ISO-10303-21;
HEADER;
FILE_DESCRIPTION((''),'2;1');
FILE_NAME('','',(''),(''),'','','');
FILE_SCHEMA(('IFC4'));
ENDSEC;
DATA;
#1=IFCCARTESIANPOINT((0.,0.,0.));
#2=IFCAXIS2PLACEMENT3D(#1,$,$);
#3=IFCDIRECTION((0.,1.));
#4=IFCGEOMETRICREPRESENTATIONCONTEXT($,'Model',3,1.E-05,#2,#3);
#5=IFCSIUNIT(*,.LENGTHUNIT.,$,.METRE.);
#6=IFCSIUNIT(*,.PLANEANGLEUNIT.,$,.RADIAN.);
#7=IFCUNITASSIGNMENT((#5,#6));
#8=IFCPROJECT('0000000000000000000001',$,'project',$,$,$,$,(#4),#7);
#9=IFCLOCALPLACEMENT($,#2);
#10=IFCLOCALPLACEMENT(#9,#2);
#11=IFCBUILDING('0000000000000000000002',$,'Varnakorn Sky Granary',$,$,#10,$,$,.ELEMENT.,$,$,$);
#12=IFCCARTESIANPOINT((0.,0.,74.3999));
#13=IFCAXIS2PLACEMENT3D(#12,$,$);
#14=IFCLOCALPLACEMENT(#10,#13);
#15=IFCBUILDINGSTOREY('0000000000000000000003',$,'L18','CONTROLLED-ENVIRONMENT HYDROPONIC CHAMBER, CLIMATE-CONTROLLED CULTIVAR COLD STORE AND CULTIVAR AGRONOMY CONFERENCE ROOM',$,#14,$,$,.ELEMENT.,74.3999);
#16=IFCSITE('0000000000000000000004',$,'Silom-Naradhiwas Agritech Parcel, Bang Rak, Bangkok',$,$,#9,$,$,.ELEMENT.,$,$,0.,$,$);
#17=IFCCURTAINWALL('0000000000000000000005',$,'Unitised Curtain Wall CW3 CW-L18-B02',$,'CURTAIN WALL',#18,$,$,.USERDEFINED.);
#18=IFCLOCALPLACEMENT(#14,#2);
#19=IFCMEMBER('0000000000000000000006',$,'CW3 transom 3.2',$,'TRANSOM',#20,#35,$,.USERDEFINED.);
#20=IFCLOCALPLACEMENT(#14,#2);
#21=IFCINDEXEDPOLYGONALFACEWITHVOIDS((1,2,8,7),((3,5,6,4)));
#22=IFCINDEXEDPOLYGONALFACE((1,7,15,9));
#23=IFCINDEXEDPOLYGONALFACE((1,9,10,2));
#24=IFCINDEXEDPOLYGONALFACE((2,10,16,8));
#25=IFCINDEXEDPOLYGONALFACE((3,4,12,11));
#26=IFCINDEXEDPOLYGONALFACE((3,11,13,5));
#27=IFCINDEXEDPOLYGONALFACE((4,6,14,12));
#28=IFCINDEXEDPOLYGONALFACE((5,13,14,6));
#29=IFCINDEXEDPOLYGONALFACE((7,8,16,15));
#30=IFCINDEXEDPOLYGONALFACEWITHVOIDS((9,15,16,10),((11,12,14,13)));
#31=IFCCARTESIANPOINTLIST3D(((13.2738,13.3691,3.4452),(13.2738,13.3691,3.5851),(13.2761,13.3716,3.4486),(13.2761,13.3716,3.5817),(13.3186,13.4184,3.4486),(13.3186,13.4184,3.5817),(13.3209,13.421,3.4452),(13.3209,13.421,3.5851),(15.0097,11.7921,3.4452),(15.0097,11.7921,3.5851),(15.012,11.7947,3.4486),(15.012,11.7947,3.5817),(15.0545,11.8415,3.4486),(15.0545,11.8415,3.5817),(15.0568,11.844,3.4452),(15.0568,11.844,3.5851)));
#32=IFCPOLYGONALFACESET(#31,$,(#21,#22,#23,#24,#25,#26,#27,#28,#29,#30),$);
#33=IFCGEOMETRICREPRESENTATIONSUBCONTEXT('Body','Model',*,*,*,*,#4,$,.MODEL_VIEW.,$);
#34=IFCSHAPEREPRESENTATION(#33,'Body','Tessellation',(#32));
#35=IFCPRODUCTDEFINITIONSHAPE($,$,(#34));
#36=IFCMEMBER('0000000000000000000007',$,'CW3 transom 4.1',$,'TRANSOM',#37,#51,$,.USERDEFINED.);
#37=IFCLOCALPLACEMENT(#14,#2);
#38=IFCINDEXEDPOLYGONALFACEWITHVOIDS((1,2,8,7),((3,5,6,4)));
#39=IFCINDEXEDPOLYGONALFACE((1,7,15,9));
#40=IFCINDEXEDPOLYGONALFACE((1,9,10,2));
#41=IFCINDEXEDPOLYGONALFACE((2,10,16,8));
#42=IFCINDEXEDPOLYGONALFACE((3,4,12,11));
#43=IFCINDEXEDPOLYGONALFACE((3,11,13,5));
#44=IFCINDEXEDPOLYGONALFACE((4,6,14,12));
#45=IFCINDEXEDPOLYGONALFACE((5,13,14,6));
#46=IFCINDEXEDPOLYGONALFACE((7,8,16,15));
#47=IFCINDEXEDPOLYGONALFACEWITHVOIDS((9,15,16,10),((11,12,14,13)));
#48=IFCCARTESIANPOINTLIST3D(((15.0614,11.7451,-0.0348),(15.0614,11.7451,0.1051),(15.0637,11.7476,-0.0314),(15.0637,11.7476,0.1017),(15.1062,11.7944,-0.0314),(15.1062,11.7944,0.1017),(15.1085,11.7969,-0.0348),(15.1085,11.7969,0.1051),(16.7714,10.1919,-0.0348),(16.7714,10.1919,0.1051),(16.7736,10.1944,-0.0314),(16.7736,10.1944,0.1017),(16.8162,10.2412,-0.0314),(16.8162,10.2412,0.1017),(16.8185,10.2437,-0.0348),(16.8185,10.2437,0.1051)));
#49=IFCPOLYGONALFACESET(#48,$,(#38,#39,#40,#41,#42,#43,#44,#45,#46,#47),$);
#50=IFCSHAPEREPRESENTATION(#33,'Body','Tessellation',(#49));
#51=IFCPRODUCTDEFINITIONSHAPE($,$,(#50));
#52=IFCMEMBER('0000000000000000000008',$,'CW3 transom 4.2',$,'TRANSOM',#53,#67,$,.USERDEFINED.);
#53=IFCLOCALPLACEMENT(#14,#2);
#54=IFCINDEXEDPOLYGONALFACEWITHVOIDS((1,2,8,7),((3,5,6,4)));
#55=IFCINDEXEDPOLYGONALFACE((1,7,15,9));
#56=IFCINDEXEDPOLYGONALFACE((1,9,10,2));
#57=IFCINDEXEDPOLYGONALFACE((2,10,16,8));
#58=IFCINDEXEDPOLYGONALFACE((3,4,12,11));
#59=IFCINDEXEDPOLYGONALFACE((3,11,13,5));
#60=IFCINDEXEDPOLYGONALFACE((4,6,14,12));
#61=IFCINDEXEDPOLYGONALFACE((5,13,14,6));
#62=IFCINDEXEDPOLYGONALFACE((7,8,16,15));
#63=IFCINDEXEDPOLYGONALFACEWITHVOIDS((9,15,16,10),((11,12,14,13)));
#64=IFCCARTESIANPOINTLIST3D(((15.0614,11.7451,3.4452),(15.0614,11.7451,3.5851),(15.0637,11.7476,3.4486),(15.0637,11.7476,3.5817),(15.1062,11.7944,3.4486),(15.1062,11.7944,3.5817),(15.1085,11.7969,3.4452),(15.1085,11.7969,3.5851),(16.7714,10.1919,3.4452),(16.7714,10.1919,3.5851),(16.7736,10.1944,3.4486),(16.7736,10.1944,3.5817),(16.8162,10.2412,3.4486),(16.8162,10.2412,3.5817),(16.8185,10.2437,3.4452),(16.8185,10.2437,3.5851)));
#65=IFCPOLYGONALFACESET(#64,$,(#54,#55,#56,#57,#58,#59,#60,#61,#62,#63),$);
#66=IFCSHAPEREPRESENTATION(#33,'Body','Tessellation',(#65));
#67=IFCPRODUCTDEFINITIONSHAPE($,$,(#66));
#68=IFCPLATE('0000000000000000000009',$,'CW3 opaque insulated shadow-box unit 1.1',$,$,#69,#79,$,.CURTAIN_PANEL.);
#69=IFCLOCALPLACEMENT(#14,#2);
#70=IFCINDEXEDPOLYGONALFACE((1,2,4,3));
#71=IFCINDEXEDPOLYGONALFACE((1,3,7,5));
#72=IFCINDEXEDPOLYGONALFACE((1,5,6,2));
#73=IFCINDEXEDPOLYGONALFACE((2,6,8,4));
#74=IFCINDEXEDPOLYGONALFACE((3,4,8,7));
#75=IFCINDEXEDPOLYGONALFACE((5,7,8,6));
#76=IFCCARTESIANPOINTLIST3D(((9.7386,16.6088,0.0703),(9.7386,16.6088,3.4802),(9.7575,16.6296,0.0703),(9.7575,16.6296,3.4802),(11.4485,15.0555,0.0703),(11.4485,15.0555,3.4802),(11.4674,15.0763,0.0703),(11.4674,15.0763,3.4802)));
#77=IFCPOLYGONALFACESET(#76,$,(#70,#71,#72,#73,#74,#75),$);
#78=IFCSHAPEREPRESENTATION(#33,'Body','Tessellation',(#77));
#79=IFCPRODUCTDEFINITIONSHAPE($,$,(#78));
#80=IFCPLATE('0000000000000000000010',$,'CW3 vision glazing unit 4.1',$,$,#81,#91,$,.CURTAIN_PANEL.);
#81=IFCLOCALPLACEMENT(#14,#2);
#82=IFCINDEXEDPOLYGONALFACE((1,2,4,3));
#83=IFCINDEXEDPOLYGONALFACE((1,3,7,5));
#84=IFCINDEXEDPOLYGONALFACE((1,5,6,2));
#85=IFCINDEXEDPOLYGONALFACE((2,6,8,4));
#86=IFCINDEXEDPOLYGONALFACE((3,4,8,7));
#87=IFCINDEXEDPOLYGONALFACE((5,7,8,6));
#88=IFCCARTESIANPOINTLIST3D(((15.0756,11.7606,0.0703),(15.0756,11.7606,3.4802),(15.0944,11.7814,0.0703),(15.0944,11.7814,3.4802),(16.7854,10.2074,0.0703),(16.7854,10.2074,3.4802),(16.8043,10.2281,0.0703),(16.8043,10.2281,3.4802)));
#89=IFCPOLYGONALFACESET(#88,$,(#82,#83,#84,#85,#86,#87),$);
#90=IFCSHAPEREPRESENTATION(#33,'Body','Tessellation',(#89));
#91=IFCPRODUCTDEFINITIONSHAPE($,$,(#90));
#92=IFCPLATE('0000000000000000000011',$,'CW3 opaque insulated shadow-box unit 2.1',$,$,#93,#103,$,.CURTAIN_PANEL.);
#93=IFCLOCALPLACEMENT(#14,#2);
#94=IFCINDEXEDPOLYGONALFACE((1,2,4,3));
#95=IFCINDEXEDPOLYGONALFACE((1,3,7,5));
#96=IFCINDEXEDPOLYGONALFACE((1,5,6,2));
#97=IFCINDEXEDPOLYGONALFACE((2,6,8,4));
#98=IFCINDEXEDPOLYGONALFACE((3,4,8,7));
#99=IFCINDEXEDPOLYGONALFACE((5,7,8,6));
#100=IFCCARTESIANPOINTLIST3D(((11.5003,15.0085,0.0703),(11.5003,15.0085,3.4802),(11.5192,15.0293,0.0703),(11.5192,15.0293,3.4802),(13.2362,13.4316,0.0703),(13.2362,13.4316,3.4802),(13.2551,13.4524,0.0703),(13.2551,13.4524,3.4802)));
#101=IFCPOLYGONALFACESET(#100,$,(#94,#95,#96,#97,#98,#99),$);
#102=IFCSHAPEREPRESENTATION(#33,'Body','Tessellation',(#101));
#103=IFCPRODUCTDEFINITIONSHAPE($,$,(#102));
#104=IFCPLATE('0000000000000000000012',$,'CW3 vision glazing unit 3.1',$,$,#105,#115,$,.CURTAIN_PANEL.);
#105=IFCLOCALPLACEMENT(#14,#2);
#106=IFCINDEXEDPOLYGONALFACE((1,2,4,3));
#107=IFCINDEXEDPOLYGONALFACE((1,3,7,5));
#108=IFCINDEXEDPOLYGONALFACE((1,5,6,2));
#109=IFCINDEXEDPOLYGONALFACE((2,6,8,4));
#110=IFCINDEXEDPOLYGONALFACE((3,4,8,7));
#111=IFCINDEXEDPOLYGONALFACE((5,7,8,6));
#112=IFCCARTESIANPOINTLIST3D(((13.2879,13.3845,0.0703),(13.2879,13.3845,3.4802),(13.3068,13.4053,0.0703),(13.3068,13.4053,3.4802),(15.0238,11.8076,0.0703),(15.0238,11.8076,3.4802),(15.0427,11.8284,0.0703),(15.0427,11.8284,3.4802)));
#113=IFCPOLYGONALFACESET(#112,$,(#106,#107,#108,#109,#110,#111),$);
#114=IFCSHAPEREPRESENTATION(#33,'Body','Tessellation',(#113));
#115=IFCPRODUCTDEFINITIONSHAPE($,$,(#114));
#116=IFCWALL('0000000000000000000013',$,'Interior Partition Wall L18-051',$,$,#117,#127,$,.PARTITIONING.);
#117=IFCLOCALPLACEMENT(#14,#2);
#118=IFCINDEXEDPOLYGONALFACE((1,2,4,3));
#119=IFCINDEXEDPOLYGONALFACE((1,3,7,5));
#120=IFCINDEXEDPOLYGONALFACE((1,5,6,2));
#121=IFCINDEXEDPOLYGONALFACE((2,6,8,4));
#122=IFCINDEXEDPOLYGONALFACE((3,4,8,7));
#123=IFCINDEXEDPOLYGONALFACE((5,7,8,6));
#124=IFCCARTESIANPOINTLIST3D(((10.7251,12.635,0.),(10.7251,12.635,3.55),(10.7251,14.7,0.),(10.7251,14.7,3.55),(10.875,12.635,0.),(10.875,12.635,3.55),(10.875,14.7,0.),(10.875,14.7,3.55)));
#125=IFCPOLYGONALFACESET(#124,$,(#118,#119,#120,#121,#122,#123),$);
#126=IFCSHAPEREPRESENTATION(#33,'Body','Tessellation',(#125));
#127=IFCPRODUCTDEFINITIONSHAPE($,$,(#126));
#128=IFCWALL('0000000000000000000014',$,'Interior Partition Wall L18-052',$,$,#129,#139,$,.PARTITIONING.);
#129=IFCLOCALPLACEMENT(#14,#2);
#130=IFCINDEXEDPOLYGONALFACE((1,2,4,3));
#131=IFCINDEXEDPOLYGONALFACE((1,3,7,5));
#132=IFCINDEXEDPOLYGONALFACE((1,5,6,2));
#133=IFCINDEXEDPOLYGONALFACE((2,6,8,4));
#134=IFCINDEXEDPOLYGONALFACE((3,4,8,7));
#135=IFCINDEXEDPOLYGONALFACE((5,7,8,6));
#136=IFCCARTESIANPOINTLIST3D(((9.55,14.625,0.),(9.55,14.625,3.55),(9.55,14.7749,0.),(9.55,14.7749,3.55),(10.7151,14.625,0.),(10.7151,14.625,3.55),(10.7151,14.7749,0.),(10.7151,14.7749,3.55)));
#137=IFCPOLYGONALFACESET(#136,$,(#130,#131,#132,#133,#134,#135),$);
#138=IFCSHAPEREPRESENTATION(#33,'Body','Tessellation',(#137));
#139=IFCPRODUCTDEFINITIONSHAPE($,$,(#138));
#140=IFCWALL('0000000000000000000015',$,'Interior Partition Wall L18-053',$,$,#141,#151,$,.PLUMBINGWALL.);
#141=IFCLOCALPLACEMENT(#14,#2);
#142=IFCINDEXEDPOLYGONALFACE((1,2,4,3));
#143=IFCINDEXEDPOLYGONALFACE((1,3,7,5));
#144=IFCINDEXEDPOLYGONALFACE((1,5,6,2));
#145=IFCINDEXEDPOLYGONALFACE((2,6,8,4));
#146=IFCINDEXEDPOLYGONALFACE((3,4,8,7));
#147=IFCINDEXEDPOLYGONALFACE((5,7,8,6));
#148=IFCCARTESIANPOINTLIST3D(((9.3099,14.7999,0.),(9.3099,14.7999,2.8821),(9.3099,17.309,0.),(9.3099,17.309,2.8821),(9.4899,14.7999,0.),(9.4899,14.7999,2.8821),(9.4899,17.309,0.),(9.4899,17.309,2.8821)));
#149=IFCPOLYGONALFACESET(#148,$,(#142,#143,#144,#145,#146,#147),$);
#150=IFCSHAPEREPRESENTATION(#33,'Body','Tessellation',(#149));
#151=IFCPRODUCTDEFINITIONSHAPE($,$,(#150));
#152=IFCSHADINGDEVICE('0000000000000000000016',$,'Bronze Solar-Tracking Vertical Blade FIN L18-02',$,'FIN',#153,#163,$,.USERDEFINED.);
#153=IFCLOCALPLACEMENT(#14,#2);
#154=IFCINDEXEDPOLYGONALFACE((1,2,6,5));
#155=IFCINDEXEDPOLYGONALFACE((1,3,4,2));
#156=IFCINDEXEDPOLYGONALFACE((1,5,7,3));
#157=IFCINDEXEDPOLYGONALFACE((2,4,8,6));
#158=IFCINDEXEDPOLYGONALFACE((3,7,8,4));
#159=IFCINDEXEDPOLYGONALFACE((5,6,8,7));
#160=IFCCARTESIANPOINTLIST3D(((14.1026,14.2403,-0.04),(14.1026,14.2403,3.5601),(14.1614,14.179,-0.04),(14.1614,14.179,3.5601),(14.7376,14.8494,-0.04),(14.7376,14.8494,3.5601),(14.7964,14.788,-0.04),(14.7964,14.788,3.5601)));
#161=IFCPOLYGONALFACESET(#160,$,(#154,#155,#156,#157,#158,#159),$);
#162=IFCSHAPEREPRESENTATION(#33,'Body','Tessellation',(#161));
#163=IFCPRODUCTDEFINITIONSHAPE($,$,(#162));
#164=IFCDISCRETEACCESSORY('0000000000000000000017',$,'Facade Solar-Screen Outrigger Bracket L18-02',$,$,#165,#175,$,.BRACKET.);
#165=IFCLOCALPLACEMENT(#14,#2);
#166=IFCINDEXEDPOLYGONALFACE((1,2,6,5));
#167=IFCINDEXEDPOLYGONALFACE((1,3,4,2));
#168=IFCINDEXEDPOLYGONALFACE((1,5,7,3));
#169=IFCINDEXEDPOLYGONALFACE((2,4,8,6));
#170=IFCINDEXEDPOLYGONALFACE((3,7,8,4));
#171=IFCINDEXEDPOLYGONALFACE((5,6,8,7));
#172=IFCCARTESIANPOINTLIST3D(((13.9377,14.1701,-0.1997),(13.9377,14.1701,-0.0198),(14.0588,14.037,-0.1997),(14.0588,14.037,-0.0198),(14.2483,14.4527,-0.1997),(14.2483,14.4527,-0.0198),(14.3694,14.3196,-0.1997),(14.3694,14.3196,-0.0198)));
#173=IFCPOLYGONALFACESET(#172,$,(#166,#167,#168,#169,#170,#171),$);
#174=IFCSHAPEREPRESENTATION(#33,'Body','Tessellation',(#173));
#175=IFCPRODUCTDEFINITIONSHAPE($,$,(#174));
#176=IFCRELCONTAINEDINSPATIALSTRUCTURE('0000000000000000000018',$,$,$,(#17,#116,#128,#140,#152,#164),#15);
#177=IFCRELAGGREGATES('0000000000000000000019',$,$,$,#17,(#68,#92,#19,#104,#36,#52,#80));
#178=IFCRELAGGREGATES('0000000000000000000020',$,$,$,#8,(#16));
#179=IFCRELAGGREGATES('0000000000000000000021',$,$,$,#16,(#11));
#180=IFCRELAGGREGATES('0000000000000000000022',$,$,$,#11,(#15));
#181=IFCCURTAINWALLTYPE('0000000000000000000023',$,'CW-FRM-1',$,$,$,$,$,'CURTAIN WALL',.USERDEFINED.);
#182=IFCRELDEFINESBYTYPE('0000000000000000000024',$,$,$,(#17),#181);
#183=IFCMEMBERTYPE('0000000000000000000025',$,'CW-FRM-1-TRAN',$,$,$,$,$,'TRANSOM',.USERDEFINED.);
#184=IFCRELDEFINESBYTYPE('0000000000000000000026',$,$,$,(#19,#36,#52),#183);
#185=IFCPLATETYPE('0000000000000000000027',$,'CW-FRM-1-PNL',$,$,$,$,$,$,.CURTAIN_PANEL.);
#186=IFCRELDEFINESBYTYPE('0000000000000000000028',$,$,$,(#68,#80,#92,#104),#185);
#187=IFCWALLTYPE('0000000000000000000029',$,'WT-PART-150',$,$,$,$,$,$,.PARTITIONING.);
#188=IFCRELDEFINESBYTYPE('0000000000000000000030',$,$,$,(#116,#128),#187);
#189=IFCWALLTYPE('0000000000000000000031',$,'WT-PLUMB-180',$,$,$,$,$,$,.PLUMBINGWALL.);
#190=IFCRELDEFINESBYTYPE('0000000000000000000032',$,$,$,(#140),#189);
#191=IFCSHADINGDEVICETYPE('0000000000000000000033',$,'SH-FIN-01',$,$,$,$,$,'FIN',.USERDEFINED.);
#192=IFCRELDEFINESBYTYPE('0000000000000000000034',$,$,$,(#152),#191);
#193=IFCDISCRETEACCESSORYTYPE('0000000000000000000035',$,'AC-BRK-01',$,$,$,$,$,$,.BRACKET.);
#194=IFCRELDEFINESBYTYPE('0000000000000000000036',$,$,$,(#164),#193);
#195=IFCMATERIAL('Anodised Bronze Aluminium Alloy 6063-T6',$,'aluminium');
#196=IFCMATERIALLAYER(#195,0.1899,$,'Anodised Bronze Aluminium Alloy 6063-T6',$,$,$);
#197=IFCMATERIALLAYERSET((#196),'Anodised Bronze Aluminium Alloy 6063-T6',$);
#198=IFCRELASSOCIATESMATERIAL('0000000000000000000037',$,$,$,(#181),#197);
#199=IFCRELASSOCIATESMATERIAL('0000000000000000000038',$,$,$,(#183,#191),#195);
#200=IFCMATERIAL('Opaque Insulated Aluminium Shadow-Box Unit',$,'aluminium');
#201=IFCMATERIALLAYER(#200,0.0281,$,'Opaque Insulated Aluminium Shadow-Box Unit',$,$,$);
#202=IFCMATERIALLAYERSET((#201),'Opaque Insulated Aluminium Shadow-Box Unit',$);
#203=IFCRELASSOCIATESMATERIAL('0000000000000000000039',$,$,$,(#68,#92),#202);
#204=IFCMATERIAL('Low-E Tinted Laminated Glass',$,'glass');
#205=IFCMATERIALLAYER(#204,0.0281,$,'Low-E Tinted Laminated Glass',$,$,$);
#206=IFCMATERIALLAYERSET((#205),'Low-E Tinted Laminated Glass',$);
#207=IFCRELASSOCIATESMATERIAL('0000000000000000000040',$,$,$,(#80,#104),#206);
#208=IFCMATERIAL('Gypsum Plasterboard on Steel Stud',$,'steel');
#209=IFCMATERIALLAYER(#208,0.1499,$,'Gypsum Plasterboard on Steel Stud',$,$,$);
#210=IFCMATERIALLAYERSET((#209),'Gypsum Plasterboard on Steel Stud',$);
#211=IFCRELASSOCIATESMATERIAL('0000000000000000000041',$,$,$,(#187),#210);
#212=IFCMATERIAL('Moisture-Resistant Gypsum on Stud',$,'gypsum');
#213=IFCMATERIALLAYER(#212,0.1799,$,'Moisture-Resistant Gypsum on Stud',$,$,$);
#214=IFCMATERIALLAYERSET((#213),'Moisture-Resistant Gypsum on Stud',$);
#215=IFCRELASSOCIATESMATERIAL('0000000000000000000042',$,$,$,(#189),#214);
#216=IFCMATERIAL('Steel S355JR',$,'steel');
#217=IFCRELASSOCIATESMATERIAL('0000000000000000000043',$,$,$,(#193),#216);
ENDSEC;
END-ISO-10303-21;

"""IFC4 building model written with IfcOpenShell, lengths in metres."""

from ifc_helpers import new_model, si_unit, direction, frame, frame_2d, origin, origin_2d, place, context, subcontext, project, spatial, rectangle, hollow_rectangle, extrude, source, transform, mapped, material, layer, layer_set, material_profile, profile_set, type_object, type_shapes, element, aggregate, save


model = new_model("IFC4")

# Units and contexts
model_context = context("Model", 3, precision=1e-05, world=origin(), true_north=direction((0.0, 1.0)))
body_context = subcontext(model_context, "Body", "Model", "MODEL_VIEW")
ifc_project = project(units=[si_unit("LENGTHUNIT", "METRE"), si_unit("PLANEANGLEUNIT", "RADIAN")], contexts=[model_context])

# Site, building, storey
site_placement = place(None, origin())
site = spatial("IfcSite", under=ifc_project, at=site_placement, Name="Silom-Naradhiwas Agritech Parcel, Bang Rak, Bangkok", CompositionType="ELEMENT", RefElevation=0.0)
building_placement = place(site_placement, origin())
building = spatial("IfcBuilding", under=site, at=building_placement, Name="Varnakorn Sky Granary", CompositionType="ELEMENT")
storey_placement = place(building_placement, frame((0.0, 0.0, 74.3999)))
storey = spatial("IfcBuildingStorey", under=building, at=storey_placement, Name="L18", Description="CONTROLLED-ENVIRONMENT HYDROPONIC CHAMBER, CLIMATE-CONTROLLED CULTIVAR COLD STORE AND CULTIVAR AGRONOMY CONFERENCE ROOM", CompositionType="ELEMENT", Elevation=74.3999)

# Shared definitions
ifc_material_1 = material(Name="Steel S355JR", Category="steel")

# Curtain wall, members, plates
ifc_material_2 = material(Name="Anodised Bronze Aluminium Alloy 6063-T6", Category="aluminium")
ifc_layer_1 = layer(ifc_material_2, 0.1899, Name="Anodised Bronze Aluminium Alloy 6063-T6")
ifc_layer_set_1 = layer_set([ifc_layer_1], Name="Anodised Bronze Aluminium Alloy 6063-T6")
curtain_wall_type = type_object("IfcCurtainWallType", Name="CW-FRM-1", ElementType="CURTAIN WALL", PredefinedType="USERDEFINED", material=ifc_layer_set_1)
curtain_wall_placement = place(storey_placement, origin())
curtain_wall = element("IfcCurtainWall", 1, at=curtain_wall_placement, inside=storey, type_object=curtain_wall_type, Name="Unitised Curtain Wall CW3 CW-L18-B02", ObjectType="CURTAIN WALL", PredefinedType="USERDEFINED")
ifc_material_profile_1 = material_profile(ifc_material_2, hollow_rectangle(XDim=0.0701, YDim=0.1399, WallThickness=0.0034, at=origin_2d()), Name="ALU TRAN 70x140")
ifc_profile_set_1 = profile_set([ifc_material_profile_1], Name="Anodised Bronze Aluminium Alloy 6063-T6")
member_type_1 = type_object("IfcMemberType", Name="CW-FRM-1-TRAN", ElementType="TRANSOM", PredefinedType="USERDEFINED", material=ifc_profile_set_1)
member_1_placement = place(storey_placement, frame((13.2974, 13.395, 3.5151), z_axis=(0.74018, -0.672408, 0.0), x_axis=(0.672408, 0.74018, 0.0)))
member_1 = element("IfcMember", 2, at=member_1_placement, type_object=member_type_1, Name="CW3 transom 3.2", ObjectType="TRANSOM", PredefinedType="USERDEFINED", context=body_context, shape_type="SweptSolid", body=[
    extrude(hollow_rectangle(XDim=0.0701, YDim=0.1399, WallThickness=0.0034, at=origin_2d()), origin(), (0.0, 0.0, 1.0), 2.3452),
])
member_2_placement = place(storey_placement, frame((15.085, 11.771, 0.0352), z_axis=(0.740217, -0.672368, 0.0), x_axis=(0.672368, 0.740217, 0.0)))
member_2 = element("IfcMember", 3, at=member_2_placement, type_object=member_type_1, Name="CW3 transom 4.1", ObjectType="TRANSOM", PredefinedType="USERDEFINED", context=body_context, shape_type="SweptSolid", body=[
    extrude(hollow_rectangle(XDim=0.0701, YDim=0.1399, WallThickness=0.0034, at=origin_2d()), origin(), (0.0, 0.0, 1.0), 2.3101),
])
member_3_placement = place(storey_placement, frame((15.085, 11.771, 3.5151), z_axis=(0.740217, -0.672368, 0.0), x_axis=(0.672368, 0.740217, 0.0)))
member_3 = element("IfcMember", 4, at=member_3_placement, type_object=member_type_1, Name="CW3 transom 4.2", ObjectType="TRANSOM", PredefinedType="USERDEFINED", context=body_context, shape_type="SweptSolid", body=[
    extrude(hollow_rectangle(XDim=0.0701, YDim=0.1399, WallThickness=0.0034, at=origin_2d()), origin(), (0.0, 0.0, 1.0), 2.3101),
])
ifc_material_3 = material(Name="Opaque Insulated Aluminium Shadow-Box Unit", Category="aluminium")
ifc_layer_2 = layer(ifc_material_3, 0.0281, Name="Opaque Insulated Aluminium Shadow-Box Unit")
ifc_layer_set_2 = layer_set([ifc_layer_2], Name="Opaque Insulated Aluminium Shadow-Box Unit")
plate_type = type_object("IfcPlateType", Name="CW-FRM-1-PNL", PredefinedType="CURTAIN_PANEL")
shared_shape_1 = source(origin(), body_context, "Body", "SweptSolid", [
    extrude(rectangle(XDim=2.3101, YDim=0.0281, at=origin_2d()), origin(), (0.0, 0.0, 1.0), 3.4099),
])
plate_1_placement = place(storey_placement, frame((10.603, 15.8425, 0.0703), z_axis=(0.0, 0.0, 1.0), x_axis=(0.74019, -0.672398, 0.0)))
plate_1 = element("IfcPlate", 5, at=plate_1_placement, type_object=plate_type, material=ifc_layer_set_2, Name="CW3 opaque insulated shadow-box unit 1.1", PredefinedType="CURTAIN_PANEL", context=body_context, shape_type="MappedRepresentation", body=[
    mapped(shared_shape_1, transform((0.0, 0.0, 0.0), x_axis=(1.0, 0.0, 0.0), y_axis=(0.0, 1.0, 0.0), z_axis=(0.0, 0.0, 1.0), scale=1.0)),
])
ifc_material_4 = material(Name="Low-E Tinted Laminated Glass", Category="glass")
ifc_layer_3 = layer(ifc_material_4, 0.0281, Name="Low-E Tinted Laminated Glass")
ifc_layer_set_3 = layer_set([ifc_layer_3], Name="Low-E Tinted Laminated Glass")
plate_2_placement = place(storey_placement, frame((15.9399, 10.9944, 0.0703), z_axis=(0.0, 0.0, 1.0), x_axis=(0.74019, -0.672398, 0.0)))
plate_2 = element("IfcPlate", 6, at=plate_2_placement, type_object=plate_type, material=ifc_layer_set_3, Name="CW3 vision glazing unit 4.1", PredefinedType="CURTAIN_PANEL", context=body_context, shape_type="MappedRepresentation", body=[
    mapped(shared_shape_1, transform((0.0, 0.0, 0.0), x_axis=(1.0, 0.0, 0.0), y_axis=(0.0, 1.0, 0.0), z_axis=(0.0, 0.0, 1.0), scale=1.0)),
])
shared_shape_2 = source(origin(), body_context, "Body", "SweptSolid", [
    extrude(rectangle(XDim=2.3452, YDim=0.0281, at=origin_2d()), origin(), (0.0, 0.0, 1.0), 3.4099),
])
type_shapes(plate_type, [shared_shape_1, shared_shape_2])
plate_3_placement = place(storey_placement, frame((12.3777, 14.2305, 0.0703), z_axis=(0.0, 0.0, 1.0), x_axis=(0.74019, -0.672398, 0.0)))
plate_3 = element("IfcPlate", 7, at=plate_3_placement, type_object=plate_type, material=ifc_layer_set_2, Name="CW3 opaque insulated shadow-box unit 2.1", PredefinedType="CURTAIN_PANEL", context=body_context, shape_type="MappedRepresentation", body=[
    mapped(shared_shape_2, transform((0.0, 0.0, 0.0), x_axis=(1.0, 0.0, 0.0), y_axis=(0.0, 1.0, 0.0), z_axis=(0.0, 0.0, 1.0), scale=1.0)),
])
plate_4_placement = place(storey_placement, frame((14.1653, 12.6064, 0.0703), z_axis=(0.0, 0.0, 1.0), x_axis=(0.74019, -0.672398, 0.0)))
plate_4 = element("IfcPlate", 8, at=plate_4_placement, type_object=plate_type, material=ifc_layer_set_3, Name="CW3 vision glazing unit 3.1", PredefinedType="CURTAIN_PANEL", context=body_context, shape_type="MappedRepresentation", body=[
    mapped(shared_shape_2, transform((0.0, 0.0, 0.0), x_axis=(1.0, 0.0, 0.0), y_axis=(0.0, 1.0, 0.0), z_axis=(0.0, 0.0, 1.0), scale=1.0)),
])
aggregate(curtain_wall, [plate_1, plate_3, member_1, plate_4, member_2, member_3, plate_2])

# Walls
ifc_material_5 = material(Name="Gypsum Plasterboard on Steel Stud", Category="steel")
ifc_layer_4 = layer(ifc_material_5, 0.1499, Name="Gypsum Plasterboard on Steel Stud")
ifc_layer_set_4 = layer_set([ifc_layer_4], Name="Gypsum Plasterboard on Steel Stud")
wall_type_1 = type_object("IfcWallType", Name="WT-PART-150", PredefinedType="PARTITIONING", material=ifc_layer_set_4)
wall_1_placement = place(storey_placement, frame((10.8, 12.635, 0.0), z_axis=(0.0, 0.0, 1.0), x_axis=(0.0, 1.0, 0.0)))
element("IfcWall", 9, at=wall_1_placement, inside=storey, type_object=wall_type_1, Name="Interior Partition Wall L18-051", PredefinedType="PARTITIONING", context=body_context, shape_type="SweptSolid", body=[
    extrude(rectangle(XDim=2.0649, YDim=0.1499, at=frame_2d((1.0325, 0.0))), origin(), (0.0, 0.0, 1.0), 3.55),
])
wall_2_placement = place(storey_placement, frame((10.7151, 14.7, 0.0), z_axis=(0.0, 0.0, 1.0), x_axis=(-1.0, 0.0, 0.0)))
element("IfcWall", 10, at=wall_2_placement, inside=storey, type_object=wall_type_1, Name="Interior Partition Wall L18-052", PredefinedType="PARTITIONING", context=body_context, shape_type="SweptSolid", body=[
    extrude(rectangle(XDim=1.165, YDim=0.1499, at=frame_2d((0.5825, 0.0))), origin(), (0.0, 0.0, 1.0), 3.55),
])
ifc_material_6 = material(Name="Moisture-Resistant Gypsum on Stud", Category="gypsum")
ifc_layer_5 = layer(ifc_material_6, 0.1799, Name="Moisture-Resistant Gypsum on Stud")
ifc_layer_set_5 = layer_set([ifc_layer_5], Name="Moisture-Resistant Gypsum on Stud")
wall_type_2 = type_object("IfcWallType", Name="WT-PLUMB-180", PredefinedType="PLUMBINGWALL", material=ifc_layer_set_5)
wall_3_placement = place(storey_placement, frame((9.3999, 14.8, 0.0), z_axis=(0.0, 0.0, 1.0), x_axis=(0.0, 1.0, 0.0)))
element("IfcWall", 11, at=wall_3_placement, inside=storey, type_object=wall_type_2, Name="Interior Partition Wall L18-053", PredefinedType="PLUMBINGWALL", context=body_context, shape_type="SweptSolid", body=[
    extrude(rectangle(XDim=2.509, YDim=0.1799, at=frame_2d((1.2544, 0.0))), origin(), (0.0, 0.0, 1.0), 2.8821),
])

# Shading device
shading_device_type = type_object("IfcShadingDeviceType", Name="SH-FIN-01", ElementType="FIN", PredefinedType="USERDEFINED", material=ifc_material_2)
shared_shape_3 = source(origin(), body_context, "Body", "SweptSolid", [
    extrude(rectangle(XDim=0.085, YDim=0.8799, at=origin_2d()), origin(), (0.0, 0.0, 1.0), 3.6001),
])
type_shapes(shading_device_type, [shared_shape_3])
shading_device_placement = place(storey_placement, frame((14.4495, 14.5142, -0.04), z_axis=(0.0, 0.0, 1.0), x_axis=(-0.692229, 0.721678, 0.0)))
element("IfcShadingDevice", 12, at=shading_device_placement, inside=storey, type_object=shading_device_type, Name="Bronze Solar-Tracking Vertical Blade FIN L18-02", ObjectType="FIN", PredefinedType="USERDEFINED", context=body_context, shape_type="MappedRepresentation", body=[
    mapped(shared_shape_3, transform((0.0, 0.0, 0.0), x_axis=(1.0, 0.0, 0.0), y_axis=(0.0, 1.0, 0.0), z_axis=(0.0, 0.0, 1.0), scale=1.0)),
])

# Discrete accessory
discrete_accessory_type = type_object("IfcDiscreteAccessoryType", Name="AC-BRK-01", PredefinedType="BRACKET", material=ifc_material_1)
shared_shape_4 = source(origin(), body_context, "Body", "SweptSolid", [
    extrude(rectangle(XDim=0.1799, YDim=0.4199, at=origin_2d()), origin(), (0.0, 0.0, 1.0), 0.1799),
])
type_shapes(discrete_accessory_type, [shared_shape_4])
discrete_accessory_placement = place(storey_placement, frame((14.1536, 14.2449, -0.1997), z_axis=(0.0, 0.0, 1.0), x_axis=(-0.673044, 0.739602, 0.0)))
element("IfcDiscreteAccessory", 13, at=discrete_accessory_placement, inside=storey, type_object=discrete_accessory_type, Name="Facade Solar-Screen Outrigger Bracket L18-02", PredefinedType="BRACKET", context=body_context, shape_type="MappedRepresentation", body=[
    mapped(shared_shape_4, transform((0.0, 0.0, 0.0), x_axis=(1.0, 0.0, 0.0), y_axis=(0.0, 1.0, 0.0), z_axis=(0.0, 0.0, 1.0), scale=1.0)),
])

save(model, "model.ifc")
